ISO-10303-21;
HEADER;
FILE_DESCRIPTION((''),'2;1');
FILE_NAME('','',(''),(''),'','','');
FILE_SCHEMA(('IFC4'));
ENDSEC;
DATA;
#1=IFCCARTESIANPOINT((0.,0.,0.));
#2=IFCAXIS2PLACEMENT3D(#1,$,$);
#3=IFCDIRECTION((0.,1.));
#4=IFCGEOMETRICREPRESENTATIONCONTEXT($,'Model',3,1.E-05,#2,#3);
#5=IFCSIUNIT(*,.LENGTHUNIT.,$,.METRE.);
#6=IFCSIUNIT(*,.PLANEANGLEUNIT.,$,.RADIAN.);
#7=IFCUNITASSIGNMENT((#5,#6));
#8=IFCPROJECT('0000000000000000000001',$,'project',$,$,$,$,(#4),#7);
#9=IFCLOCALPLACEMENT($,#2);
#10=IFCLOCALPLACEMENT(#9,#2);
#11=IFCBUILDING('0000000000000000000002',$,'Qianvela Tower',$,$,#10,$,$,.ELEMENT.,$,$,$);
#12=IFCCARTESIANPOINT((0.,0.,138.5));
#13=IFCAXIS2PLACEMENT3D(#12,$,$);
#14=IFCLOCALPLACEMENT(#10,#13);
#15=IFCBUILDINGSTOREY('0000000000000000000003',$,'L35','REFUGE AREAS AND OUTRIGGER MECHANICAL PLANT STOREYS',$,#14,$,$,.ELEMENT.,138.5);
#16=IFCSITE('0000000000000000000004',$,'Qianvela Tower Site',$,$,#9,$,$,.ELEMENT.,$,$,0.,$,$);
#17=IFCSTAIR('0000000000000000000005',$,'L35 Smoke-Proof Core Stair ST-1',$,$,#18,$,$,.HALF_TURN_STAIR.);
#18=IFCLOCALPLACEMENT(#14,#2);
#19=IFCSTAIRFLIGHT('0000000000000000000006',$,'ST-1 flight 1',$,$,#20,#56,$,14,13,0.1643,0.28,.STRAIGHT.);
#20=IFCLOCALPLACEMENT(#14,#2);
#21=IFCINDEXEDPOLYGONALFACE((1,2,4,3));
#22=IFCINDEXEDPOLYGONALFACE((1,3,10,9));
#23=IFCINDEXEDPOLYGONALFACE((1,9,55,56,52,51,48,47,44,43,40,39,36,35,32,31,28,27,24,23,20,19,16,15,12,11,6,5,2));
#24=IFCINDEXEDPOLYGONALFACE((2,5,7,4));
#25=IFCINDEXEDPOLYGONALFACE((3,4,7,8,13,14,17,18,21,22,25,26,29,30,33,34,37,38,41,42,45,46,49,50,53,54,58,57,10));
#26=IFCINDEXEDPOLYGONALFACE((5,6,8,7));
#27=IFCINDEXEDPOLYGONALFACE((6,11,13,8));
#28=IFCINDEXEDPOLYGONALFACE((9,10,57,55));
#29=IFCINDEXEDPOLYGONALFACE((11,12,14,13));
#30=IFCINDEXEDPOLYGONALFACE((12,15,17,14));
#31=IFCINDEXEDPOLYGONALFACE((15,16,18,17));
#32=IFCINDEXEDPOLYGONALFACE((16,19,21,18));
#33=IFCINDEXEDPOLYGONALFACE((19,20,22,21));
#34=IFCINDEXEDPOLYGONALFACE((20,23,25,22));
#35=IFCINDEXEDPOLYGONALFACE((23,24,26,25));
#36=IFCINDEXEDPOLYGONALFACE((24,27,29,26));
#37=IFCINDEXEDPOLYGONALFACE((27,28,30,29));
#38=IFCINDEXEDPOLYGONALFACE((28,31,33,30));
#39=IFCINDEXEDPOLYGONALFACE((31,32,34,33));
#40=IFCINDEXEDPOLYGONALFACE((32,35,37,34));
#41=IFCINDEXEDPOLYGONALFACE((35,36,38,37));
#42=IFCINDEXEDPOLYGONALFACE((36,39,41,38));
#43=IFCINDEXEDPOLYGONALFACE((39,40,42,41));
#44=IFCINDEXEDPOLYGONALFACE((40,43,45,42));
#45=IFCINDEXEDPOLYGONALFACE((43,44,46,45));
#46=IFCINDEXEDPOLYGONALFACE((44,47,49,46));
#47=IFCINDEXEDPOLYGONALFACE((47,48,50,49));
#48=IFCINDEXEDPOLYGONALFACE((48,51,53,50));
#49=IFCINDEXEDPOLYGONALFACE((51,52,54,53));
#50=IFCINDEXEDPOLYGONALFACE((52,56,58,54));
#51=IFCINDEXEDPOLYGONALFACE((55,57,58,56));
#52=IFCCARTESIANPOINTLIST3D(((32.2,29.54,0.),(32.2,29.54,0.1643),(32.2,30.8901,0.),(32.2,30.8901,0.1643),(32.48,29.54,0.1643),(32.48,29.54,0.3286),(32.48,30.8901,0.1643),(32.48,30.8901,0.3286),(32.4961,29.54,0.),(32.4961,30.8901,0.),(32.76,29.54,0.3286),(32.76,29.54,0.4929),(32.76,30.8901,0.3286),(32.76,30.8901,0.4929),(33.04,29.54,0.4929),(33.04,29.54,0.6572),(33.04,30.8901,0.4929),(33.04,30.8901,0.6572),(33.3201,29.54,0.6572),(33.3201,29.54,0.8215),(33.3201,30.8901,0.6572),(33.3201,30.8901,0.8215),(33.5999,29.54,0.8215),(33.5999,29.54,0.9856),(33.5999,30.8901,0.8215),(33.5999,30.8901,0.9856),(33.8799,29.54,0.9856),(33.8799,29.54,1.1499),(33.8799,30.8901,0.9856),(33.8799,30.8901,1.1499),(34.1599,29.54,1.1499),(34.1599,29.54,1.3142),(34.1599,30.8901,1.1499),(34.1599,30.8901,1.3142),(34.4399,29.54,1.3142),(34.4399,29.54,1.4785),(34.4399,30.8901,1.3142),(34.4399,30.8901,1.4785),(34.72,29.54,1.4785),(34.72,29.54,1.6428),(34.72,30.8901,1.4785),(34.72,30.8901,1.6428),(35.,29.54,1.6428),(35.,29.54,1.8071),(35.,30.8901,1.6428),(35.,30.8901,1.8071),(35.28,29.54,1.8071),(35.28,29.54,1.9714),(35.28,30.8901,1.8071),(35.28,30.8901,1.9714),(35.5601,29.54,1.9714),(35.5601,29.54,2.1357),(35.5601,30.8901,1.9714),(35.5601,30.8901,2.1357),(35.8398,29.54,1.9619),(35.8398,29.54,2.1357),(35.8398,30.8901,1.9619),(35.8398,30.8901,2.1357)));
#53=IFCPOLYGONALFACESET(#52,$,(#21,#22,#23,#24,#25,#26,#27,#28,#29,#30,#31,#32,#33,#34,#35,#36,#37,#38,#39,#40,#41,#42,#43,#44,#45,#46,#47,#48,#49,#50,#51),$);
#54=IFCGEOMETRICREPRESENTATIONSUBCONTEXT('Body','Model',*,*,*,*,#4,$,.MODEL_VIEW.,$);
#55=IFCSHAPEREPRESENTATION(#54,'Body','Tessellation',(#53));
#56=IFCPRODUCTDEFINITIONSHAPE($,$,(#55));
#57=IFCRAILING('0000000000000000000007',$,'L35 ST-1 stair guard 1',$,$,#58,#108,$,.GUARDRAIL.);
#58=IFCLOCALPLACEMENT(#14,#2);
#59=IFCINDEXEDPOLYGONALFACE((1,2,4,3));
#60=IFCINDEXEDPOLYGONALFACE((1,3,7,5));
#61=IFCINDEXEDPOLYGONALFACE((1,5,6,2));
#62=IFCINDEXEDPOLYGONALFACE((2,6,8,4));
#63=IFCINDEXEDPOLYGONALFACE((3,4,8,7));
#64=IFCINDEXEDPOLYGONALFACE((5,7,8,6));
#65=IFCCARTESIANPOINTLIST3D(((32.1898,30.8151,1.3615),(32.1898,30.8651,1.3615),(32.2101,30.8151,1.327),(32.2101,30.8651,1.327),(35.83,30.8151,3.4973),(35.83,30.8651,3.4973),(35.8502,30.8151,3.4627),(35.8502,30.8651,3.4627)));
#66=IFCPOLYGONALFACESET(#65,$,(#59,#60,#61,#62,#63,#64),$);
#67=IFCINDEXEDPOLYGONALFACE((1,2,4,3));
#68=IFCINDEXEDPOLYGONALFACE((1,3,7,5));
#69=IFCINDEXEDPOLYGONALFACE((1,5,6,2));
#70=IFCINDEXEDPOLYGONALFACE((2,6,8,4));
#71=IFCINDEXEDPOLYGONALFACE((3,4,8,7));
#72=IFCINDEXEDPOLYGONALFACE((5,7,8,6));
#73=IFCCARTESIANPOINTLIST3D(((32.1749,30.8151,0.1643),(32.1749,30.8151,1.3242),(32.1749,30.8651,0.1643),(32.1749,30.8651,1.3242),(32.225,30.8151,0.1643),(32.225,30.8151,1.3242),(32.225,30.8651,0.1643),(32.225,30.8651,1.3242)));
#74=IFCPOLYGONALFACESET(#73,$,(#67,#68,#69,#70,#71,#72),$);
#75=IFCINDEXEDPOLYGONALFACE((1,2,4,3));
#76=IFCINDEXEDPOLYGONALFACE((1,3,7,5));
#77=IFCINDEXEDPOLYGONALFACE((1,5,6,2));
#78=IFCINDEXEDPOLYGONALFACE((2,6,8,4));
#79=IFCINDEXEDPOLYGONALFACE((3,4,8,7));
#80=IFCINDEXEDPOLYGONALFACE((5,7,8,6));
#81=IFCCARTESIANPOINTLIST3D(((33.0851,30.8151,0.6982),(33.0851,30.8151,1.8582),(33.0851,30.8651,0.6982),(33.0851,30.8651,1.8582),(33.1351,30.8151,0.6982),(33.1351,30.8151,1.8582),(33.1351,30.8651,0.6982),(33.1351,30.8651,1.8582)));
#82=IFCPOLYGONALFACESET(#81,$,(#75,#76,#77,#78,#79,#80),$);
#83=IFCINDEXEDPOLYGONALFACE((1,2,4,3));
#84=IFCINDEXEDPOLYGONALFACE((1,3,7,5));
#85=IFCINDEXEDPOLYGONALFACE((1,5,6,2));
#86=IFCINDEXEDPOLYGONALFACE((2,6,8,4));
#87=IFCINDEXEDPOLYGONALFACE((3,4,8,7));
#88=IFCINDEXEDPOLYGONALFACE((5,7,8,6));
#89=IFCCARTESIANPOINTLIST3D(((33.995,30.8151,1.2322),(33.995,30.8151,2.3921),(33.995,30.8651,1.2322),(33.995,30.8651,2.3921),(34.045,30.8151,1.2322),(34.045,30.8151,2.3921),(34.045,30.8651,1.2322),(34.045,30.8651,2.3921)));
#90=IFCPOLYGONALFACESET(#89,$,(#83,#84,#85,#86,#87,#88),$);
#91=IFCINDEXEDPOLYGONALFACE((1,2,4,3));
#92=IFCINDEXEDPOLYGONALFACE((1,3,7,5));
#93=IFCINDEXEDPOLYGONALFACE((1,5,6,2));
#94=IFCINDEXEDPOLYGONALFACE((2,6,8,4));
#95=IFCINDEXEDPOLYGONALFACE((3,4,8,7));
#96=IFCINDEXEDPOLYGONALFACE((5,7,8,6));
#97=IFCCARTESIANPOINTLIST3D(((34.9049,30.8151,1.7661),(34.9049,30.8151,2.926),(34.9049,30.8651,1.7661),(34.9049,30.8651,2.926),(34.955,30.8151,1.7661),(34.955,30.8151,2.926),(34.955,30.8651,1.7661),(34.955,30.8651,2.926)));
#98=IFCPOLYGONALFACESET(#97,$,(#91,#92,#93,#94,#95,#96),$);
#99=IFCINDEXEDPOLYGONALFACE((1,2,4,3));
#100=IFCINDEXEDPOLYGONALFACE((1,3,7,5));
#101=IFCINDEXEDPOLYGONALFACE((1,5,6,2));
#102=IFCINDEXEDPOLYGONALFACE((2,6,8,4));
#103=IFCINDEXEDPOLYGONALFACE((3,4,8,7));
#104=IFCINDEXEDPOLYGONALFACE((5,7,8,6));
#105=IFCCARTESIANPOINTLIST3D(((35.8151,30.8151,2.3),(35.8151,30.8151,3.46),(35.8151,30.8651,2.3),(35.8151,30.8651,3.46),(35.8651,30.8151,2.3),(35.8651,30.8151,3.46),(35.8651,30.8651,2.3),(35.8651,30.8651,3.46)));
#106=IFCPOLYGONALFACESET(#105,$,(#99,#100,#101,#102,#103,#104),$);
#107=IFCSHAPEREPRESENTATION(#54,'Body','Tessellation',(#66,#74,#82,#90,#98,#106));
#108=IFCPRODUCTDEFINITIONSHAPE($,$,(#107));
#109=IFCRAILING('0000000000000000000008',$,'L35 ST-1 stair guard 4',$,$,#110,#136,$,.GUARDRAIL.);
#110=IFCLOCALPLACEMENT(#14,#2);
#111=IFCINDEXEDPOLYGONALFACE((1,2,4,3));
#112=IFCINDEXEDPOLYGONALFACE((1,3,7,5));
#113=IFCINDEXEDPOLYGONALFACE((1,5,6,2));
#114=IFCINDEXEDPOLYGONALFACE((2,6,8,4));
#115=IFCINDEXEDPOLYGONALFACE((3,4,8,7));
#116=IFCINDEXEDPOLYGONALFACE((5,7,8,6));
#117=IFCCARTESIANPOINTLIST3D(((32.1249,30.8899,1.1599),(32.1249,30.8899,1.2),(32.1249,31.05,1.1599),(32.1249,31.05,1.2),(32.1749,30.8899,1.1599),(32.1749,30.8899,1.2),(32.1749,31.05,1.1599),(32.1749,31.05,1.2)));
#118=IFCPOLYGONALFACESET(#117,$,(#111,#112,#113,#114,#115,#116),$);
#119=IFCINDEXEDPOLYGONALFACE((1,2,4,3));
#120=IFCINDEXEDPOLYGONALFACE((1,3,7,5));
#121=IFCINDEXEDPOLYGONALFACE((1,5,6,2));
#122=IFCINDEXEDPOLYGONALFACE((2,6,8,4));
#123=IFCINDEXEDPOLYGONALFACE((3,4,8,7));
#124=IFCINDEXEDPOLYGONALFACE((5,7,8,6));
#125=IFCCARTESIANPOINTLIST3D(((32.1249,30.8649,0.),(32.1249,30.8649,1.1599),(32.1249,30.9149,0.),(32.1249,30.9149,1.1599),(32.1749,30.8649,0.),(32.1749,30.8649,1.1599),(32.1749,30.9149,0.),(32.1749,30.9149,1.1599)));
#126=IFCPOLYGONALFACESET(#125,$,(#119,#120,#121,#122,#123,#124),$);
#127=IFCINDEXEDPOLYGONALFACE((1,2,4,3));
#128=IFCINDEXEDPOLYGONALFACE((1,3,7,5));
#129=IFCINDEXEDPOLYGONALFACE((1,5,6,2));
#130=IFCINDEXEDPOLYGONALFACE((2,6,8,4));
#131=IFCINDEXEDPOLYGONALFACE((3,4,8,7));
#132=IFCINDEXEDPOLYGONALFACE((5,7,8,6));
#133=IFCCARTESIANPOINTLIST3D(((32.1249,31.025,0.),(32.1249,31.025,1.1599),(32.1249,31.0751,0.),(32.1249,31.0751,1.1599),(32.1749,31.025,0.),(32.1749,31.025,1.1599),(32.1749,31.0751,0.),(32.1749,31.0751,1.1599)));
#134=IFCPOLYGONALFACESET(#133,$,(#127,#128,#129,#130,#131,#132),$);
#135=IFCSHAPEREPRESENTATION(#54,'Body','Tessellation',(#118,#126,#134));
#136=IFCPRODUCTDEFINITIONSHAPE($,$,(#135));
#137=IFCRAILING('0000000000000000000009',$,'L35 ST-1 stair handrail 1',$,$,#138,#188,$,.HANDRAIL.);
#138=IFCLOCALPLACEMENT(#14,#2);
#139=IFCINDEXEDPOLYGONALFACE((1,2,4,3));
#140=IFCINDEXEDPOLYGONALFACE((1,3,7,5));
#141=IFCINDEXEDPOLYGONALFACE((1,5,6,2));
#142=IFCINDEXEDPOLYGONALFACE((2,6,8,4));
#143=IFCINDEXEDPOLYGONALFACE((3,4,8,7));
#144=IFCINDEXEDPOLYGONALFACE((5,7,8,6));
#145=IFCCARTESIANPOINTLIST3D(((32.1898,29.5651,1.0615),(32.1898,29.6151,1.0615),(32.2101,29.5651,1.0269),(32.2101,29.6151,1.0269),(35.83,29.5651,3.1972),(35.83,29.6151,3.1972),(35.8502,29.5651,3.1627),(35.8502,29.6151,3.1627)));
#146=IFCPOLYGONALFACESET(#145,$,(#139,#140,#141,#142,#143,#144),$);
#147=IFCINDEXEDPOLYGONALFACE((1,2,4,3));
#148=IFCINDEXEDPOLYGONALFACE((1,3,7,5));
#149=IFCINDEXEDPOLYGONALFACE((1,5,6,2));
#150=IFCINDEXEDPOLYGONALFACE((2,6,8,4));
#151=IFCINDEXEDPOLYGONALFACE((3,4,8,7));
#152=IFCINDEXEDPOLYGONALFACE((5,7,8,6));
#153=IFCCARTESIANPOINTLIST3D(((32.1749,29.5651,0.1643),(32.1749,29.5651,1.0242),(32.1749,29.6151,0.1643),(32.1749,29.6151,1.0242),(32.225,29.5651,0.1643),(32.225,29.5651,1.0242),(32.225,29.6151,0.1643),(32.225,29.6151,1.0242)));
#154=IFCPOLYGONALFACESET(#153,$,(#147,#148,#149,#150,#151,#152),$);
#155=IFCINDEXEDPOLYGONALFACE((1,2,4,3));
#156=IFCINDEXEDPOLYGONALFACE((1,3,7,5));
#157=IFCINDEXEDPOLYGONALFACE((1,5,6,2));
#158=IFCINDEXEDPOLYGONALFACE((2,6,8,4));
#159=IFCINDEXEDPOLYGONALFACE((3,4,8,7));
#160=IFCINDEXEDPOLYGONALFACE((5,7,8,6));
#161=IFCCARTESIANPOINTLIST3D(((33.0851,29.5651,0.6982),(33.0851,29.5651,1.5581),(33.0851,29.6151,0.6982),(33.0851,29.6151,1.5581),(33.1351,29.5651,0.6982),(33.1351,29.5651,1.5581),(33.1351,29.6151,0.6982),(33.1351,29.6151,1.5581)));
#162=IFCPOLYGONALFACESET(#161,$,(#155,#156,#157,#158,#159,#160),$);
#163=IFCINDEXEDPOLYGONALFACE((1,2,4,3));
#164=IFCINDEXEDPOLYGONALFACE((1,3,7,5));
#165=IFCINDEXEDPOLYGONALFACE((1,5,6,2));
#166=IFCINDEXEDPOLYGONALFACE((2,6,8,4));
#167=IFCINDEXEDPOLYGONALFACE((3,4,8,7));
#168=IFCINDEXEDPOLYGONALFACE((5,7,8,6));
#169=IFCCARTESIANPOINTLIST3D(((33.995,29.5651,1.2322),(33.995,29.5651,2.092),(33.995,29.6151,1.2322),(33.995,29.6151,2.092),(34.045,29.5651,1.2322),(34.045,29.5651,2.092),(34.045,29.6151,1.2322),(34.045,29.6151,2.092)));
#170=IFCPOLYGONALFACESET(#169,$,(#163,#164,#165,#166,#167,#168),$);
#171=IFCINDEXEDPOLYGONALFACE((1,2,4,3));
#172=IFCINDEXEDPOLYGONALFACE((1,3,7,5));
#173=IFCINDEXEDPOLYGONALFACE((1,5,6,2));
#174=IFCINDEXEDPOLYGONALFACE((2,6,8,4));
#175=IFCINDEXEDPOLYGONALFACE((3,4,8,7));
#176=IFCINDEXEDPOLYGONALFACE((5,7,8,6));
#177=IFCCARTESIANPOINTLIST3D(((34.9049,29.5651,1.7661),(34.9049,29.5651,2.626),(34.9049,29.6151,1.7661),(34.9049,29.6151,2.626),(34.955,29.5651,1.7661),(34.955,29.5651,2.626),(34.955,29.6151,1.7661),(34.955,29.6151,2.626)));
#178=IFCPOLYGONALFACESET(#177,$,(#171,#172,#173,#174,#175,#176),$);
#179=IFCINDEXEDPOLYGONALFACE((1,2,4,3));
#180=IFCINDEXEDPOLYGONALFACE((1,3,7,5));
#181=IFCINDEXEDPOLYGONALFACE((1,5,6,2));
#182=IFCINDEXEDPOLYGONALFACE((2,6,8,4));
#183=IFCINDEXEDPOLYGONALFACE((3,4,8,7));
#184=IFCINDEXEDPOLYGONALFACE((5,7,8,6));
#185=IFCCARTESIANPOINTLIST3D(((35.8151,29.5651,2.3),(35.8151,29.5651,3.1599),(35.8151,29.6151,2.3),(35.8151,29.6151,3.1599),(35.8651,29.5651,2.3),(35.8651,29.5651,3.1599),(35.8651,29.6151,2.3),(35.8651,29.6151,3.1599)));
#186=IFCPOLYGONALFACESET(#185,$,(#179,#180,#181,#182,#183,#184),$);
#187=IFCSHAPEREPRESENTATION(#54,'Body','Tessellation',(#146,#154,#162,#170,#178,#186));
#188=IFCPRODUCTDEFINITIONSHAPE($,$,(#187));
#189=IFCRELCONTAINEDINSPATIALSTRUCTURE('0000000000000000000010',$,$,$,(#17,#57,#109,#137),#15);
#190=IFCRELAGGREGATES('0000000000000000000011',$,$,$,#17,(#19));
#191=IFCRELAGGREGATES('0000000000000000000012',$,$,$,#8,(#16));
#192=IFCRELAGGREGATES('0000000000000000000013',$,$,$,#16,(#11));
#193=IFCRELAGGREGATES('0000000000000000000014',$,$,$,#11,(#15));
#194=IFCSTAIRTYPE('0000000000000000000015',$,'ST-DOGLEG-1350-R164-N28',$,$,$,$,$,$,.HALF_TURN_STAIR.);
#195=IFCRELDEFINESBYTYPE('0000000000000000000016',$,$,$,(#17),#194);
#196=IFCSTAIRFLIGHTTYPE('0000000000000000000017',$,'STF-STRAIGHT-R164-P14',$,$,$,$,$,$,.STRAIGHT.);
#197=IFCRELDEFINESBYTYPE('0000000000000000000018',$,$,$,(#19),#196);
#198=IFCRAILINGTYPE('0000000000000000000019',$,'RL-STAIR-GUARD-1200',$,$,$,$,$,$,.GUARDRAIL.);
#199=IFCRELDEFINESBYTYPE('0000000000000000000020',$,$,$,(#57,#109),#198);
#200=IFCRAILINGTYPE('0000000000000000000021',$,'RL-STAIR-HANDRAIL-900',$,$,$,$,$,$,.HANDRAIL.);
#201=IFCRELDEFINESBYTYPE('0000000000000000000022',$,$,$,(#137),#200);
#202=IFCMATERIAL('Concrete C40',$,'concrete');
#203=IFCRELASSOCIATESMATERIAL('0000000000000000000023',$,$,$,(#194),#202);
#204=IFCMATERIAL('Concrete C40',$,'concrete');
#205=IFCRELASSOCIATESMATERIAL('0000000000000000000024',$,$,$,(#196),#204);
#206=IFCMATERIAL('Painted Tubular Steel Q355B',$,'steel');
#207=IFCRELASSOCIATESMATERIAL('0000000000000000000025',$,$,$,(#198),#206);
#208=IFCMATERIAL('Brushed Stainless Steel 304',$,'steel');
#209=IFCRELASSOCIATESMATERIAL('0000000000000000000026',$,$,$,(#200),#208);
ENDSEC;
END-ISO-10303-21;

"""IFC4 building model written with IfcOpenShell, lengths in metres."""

from ifc_helpers import new_model, si_unit, direction, frame, origin, origin_2d, place, context, subcontext, project, spatial, polyline, rectangle, outline, extrude, material, type_object, element, aggregate, save


model = new_model("IFC4")

# Units and contexts
model_context = context("Model", 3, precision=1e-05, world=origin(), true_north=direction((0.0, 1.0)))
body_context = subcontext(model_context, "Body", "Model", "MODEL_VIEW")
ifc_project = project(units=[si_unit("LENGTHUNIT", "METRE"), si_unit("PLANEANGLEUNIT", "RADIAN")], contexts=[model_context])

# Site, building, storey
site_placement = place(None, origin())
site = spatial("IfcSite", under=ifc_project, at=site_placement, Name="Qianvela Tower Site", CompositionType="ELEMENT", RefElevation=0.0)
building_placement = place(site_placement, origin())
building = spatial("IfcBuilding", under=site, at=building_placement, Name="Qianvela Tower", CompositionType="ELEMENT")
storey_placement = place(building_placement, frame((0.0, 0.0, 138.5)))
storey = spatial("IfcBuildingStorey", under=building, at=storey_placement, Name="L35", Description="REFUGE AREAS AND OUTRIGGER MECHANICAL PLANT STOREYS", CompositionType="ELEMENT", Elevation=138.5)

# Stair, stair flight
ifc_material_1 = material(Name="Concrete C40", Category="concrete")
stair_type = type_object("IfcStairType", Name="ST-DOGLEG-1350-R164-N28", PredefinedType="HALF_TURN_STAIR", material=ifc_material_1)
stair_placement = place(storey_placement, origin())
stair = element("IfcStair", 1, at=stair_placement, inside=storey, type_object=stair_type, Name="L35 Smoke-Proof Core Stair ST-1", PredefinedType="HALF_TURN_STAIR")
ifc_material_2 = material(Name="Concrete C40", Category="concrete")
stair_flight_type = type_object("IfcStairFlightType", Name="STF-STRAIGHT-R164-P14", PredefinedType="STRAIGHT", material=ifc_material_2)
stair_flight_placement = place(storey_placement, frame((32.2, 30.2151, 0.0), z_axis=(0.0, 0.0, 1.0), x_axis=(1.0, 0.0, 0.0)))
stair_flight = element("IfcStairFlight", 2, at=stair_flight_placement, type_object=stair_flight_type, Name="ST-1 flight 1", NumberOfRisers=14, NumberOfTreads=13, PredefinedType="STRAIGHT", RiserHeight=0.1643, TreadLength=0.28, context=body_context, shape_type="SweptSolid", body=[
    extrude(outline(polyline([(0.0, 0.0), (0.0, 0.1643), (0.28, 0.1643), (0.28, 0.3286), (0.5601, 0.3286), (0.5601, 0.4929), (0.8401, 0.4929), (0.8401, 0.6572), (1.1201, 0.6572), (1.1201, 0.8215), (1.3999, 0.8215), (1.3999, 0.9856), (1.6799, 0.9856), (1.6799, 1.1499), (1.96, 1.1499), (1.96, 1.3142), (2.24, 1.3142), (2.24, 1.4785), (2.52, 1.4785), (2.52, 1.6428), (2.8, 1.6428), (2.8, 1.8071), (3.0801, 1.8071), (3.0801, 1.9714), (3.3601, 1.9714), (3.3601, 2.1357), (3.6399, 2.1357), (3.6399, 2.3), (3.6399, 1.9619), (0.2961, 0.0), (0.0, 0.0)])), frame((0.0, 0.675, 0.0), z_axis=(0.0, -1.0, 0.0), x_axis=(1.0, 0.0, 0.0)), (0.0, 0.0, 1.0), 1.3501),
])
aggregate(stair, [stair_flight])

# Railings
ifc_material_3 = material(Name="Painted Tubular Steel Q355B", Category="steel")
railing_type_1 = type_object("IfcRailingType", Name="RL-STAIR-GUARD-1200", PredefinedType="GUARDRAIL", material=ifc_material_3)
railing_1_placement = place(storey_placement, frame((32.2, 30.8401, 0.1643)))
element("IfcRailing", 3, at=railing_1_placement, inside=storey, type_object=railing_type_1, Name="L35 ST-1 stair guard 1", PredefinedType="GUARDRAIL", context=body_context, shape_type="SweptSolid", body=[
    extrude(rectangle(XDim=0.05, YDim=0.04, at=origin_2d()), frame((0.0, 0.0, 1.1799), z_axis=(0.862505, 0.0, 0.506049), x_axis=(0.0, 1.0, 0.0)), (0.0, 0.0, 1.0), 4.2205),
    extrude(rectangle(XDim=0.05, YDim=0.05, at=origin_2d()), origin(), (0.0, 0.0, 1.0), 1.1599),
    extrude(rectangle(XDim=0.05, YDim=0.05, at=origin_2d()), frame((0.9102, 0.0, 0.5339)), (0.0, 0.0, 1.0), 1.1599),
    extrude(rectangle(XDim=0.05, YDim=0.05, at=origin_2d()), frame((1.8201, 0.0, 1.0679)), (0.0, 0.0, 1.0), 1.1599),
    extrude(rectangle(XDim=0.05, YDim=0.05, at=origin_2d()), frame((2.73, 0.0, 1.6018)), (0.0, 0.0, 1.0), 1.1599),
    extrude(rectangle(XDim=0.05, YDim=0.05, at=origin_2d()), frame((3.6401, 0.0, 2.1357)), (0.0, 0.0, 1.0), 1.1599),
])
railing_2_placement = place(storey_placement, frame((32.1499, 30.8899, 0.0)))
element("IfcRailing", 4, at=railing_2_placement, inside=storey, type_object=railing_type_1, Name="L35 ST-1 stair guard 4", PredefinedType="GUARDRAIL", context=body_context, shape_type="SweptSolid", body=[
    extrude(rectangle(XDim=0.05, YDim=0.04, at=origin_2d()), frame((0.0, 0.0, 1.1799), z_axis=(0.0, 1.0, 0.0), x_axis=(-1.0, 0.0, 0.0)), (0.0, 0.0, 1.0), 0.1602),
    extrude(rectangle(XDim=0.05, YDim=0.05, at=origin_2d()), origin(), (0.0, 0.0, 1.0), 1.1599),
    extrude(rectangle(XDim=0.05, YDim=0.05, at=origin_2d()), frame((0.0, 0.1602, 0.0)), (0.0, 0.0, 1.0), 1.1599),
])
ifc_material_4 = material(Name="Brushed Stainless Steel 304", Category="steel")
railing_type_2 = type_object("IfcRailingType", Name="RL-STAIR-HANDRAIL-900", PredefinedType="HANDRAIL", material=ifc_material_4)
railing_3_placement = place(storey_placement, frame((32.2, 29.5901, 0.1643)))
element("IfcRailing", 5, at=railing_3_placement, inside=storey, type_object=railing_type_2, Name="L35 ST-1 stair handrail 1", PredefinedType="HANDRAIL", context=body_context, shape_type="SweptSolid", body=[
    extrude(rectangle(XDim=0.05, YDim=0.04, at=origin_2d()), frame((0.0, 0.0, 0.8799), z_axis=(0.862505, 0.0, 0.506049), x_axis=(0.0, 1.0, 0.0)), (0.0, 0.0, 1.0), 4.2205),
    extrude(rectangle(XDim=0.05, YDim=0.05, at=origin_2d()), origin(), (0.0, 0.0, 1.0), 0.8599),
    extrude(rectangle(XDim=0.05, YDim=0.05, at=origin_2d()), frame((0.9102, 0.0, 0.5339)), (0.0, 0.0, 1.0), 0.8599),
    extrude(rectangle(XDim=0.05, YDim=0.05, at=origin_2d()), frame((1.8201, 0.0, 1.0679)), (0.0, 0.0, 1.0), 0.8599),
    extrude(rectangle(XDim=0.05, YDim=0.05, at=origin_2d()), frame((2.73, 0.0, 1.6018)), (0.0, 0.0, 1.0), 0.8599),
    extrude(rectangle(XDim=0.05, YDim=0.05, at=origin_2d()), frame((3.6401, 0.0, 2.1357)), (0.0, 0.0, 1.0), 0.8599),
])

save(model, "model.ifc")
